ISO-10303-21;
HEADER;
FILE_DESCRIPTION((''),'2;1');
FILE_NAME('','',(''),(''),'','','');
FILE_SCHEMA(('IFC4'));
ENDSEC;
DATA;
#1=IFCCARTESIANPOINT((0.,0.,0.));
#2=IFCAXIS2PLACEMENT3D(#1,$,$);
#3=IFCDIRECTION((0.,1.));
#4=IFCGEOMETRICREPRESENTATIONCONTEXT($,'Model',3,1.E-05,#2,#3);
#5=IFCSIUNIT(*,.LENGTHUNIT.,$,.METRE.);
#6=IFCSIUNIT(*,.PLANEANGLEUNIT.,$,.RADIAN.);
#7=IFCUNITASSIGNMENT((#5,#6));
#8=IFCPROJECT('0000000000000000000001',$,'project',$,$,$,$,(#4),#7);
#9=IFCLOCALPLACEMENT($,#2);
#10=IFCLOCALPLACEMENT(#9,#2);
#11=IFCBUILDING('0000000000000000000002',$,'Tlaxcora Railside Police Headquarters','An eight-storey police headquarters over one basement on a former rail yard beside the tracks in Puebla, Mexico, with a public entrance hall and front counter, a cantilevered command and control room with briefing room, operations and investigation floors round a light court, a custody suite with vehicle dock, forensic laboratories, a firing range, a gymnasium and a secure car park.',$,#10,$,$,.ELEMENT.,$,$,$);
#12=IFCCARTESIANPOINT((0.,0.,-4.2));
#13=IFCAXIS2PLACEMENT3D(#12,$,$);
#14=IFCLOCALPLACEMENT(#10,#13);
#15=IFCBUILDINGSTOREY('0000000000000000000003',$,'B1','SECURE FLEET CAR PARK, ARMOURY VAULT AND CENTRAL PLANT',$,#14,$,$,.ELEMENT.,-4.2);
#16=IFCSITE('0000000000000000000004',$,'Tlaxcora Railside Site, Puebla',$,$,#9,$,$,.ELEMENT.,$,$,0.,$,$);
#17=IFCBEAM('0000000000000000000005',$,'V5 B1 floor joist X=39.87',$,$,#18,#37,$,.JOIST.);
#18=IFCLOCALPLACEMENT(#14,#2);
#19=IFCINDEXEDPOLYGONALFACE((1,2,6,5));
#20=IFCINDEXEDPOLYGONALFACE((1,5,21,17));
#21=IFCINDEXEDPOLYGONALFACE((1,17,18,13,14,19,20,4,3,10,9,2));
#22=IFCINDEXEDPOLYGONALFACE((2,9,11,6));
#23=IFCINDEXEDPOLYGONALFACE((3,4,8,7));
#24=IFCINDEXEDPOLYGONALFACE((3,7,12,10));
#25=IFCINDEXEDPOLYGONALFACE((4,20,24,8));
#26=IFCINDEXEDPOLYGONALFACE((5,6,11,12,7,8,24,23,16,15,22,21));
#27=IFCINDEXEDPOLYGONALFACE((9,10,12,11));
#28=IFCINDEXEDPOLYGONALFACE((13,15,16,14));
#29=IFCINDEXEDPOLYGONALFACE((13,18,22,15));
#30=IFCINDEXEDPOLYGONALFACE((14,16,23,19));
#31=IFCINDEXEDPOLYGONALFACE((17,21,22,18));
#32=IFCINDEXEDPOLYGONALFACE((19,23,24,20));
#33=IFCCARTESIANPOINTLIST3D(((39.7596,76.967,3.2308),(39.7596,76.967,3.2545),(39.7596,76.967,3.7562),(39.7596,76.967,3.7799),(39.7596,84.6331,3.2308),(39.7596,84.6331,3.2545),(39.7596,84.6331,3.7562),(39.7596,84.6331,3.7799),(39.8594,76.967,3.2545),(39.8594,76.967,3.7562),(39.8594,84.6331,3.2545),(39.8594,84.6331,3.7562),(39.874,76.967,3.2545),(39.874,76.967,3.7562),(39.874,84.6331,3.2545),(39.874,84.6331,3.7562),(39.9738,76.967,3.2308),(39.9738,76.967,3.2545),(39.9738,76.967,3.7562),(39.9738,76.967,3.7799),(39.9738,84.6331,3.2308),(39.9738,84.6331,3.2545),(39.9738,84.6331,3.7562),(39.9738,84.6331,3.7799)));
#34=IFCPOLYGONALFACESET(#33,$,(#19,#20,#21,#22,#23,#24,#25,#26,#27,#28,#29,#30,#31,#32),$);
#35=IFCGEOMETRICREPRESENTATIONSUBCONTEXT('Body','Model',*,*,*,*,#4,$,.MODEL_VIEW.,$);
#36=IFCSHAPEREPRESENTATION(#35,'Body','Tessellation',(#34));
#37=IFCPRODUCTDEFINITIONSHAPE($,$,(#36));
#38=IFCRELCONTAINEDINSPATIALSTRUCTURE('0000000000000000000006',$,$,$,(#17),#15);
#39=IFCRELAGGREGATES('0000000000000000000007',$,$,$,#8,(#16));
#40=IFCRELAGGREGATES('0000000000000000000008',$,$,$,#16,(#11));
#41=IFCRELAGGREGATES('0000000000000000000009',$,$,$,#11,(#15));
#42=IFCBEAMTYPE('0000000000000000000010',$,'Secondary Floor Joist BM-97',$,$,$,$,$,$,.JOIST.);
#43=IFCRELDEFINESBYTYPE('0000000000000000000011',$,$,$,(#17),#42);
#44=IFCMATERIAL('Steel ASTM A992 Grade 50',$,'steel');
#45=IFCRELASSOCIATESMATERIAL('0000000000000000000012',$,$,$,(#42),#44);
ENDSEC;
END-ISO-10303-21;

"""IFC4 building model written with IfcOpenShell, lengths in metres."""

from ifc_helpers import new_model, si_unit, direction, frame, origin, origin_2d, place, context, subcontext, project, spatial, i_section, extrude, material, material_profile, profile_set, type_object, element, save


model = new_model("IFC4")

# Units and contexts
model_context = context("Model", 3, precision=1e-05, world=origin(), true_north=direction((0.0, 1.0)))
body_context = subcontext(model_context, "Body", "Model", "MODEL_VIEW")
ifc_project = project(units=[si_unit("LENGTHUNIT", "METRE"), si_unit("PLANEANGLEUNIT", "RADIAN")], contexts=[model_context])

# Site, building, storey
site_placement = place(None, origin())
site = spatial("IfcSite", under=ifc_project, at=site_placement, Name="Tlaxcora Railside Site, Puebla", CompositionType="ELEMENT", RefElevation=0.0)
building_placement = place(site_placement, origin())
building = spatial("IfcBuilding", under=site, at=building_placement, Name="Tlaxcora Railside Police Headquarters", Description="An eight-storey police headquarters over one basement on a former rail yard beside the tracks in Puebla, Mexico, with a public entrance hall and front counter, a cantilevered command and control room with briefing room, operations and investigation floors round a light court, a custody suite with vehicle dock, forensic laboratories, a firing range, a gymnasium and a secure car park.", CompositionType="ELEMENT")
storey_placement = place(building_placement, frame((0.0, 0.0, -4.2)))
storey = spatial("IfcBuildingStorey", under=building, at=storey_placement, Name="B1", Description="SECURE FLEET CAR PARK, ARMOURY VAULT AND CENTRAL PLANT", CompositionType="ELEMENT", Elevation=-4.2)

# Beam
ifc_material_1 = material(Name="Steel ASTM A992 Grade 50", Category="steel")
ifc_material_profile_1 = material_profile(ifc_material_1, i_section(OverallWidth=0.2141, OverallDepth=0.5491, WebThickness=0.0146, FlangeThickness=0.0237, at=origin_2d()), Name="W21X93")
ifc_profile_set_1 = profile_set([ifc_material_profile_1], Name="Steel ASTM A992 Grade 50")
beam_type_1 = type_object("IfcBeamType", Name="Secondary Floor Joist BM-97", PredefinedType="JOIST", material=ifc_profile_set_1)
beam_1_placement = place(storey_placement, frame((39.8667, 76.967, 3.5054), z_axis=(0.0, 1.0, 0.0), x_axis=(-1.0, 0.0, 0.0)))
element("IfcBeam", 1, at=beam_1_placement, inside=storey, type_object=beam_type_1, Name="V5 B1 floor joist X=39.87", PredefinedType="JOIST", context=body_context, shape_type="SweptSolid", body=[
    extrude(i_section(OverallWidth=0.2141, OverallDepth=0.5491, WebThickness=0.0146, FlangeThickness=0.0237, at=origin_2d()), origin(), (0.0, 0.0, 1.0), 7.666),
])

save(model, "model.ifc")
